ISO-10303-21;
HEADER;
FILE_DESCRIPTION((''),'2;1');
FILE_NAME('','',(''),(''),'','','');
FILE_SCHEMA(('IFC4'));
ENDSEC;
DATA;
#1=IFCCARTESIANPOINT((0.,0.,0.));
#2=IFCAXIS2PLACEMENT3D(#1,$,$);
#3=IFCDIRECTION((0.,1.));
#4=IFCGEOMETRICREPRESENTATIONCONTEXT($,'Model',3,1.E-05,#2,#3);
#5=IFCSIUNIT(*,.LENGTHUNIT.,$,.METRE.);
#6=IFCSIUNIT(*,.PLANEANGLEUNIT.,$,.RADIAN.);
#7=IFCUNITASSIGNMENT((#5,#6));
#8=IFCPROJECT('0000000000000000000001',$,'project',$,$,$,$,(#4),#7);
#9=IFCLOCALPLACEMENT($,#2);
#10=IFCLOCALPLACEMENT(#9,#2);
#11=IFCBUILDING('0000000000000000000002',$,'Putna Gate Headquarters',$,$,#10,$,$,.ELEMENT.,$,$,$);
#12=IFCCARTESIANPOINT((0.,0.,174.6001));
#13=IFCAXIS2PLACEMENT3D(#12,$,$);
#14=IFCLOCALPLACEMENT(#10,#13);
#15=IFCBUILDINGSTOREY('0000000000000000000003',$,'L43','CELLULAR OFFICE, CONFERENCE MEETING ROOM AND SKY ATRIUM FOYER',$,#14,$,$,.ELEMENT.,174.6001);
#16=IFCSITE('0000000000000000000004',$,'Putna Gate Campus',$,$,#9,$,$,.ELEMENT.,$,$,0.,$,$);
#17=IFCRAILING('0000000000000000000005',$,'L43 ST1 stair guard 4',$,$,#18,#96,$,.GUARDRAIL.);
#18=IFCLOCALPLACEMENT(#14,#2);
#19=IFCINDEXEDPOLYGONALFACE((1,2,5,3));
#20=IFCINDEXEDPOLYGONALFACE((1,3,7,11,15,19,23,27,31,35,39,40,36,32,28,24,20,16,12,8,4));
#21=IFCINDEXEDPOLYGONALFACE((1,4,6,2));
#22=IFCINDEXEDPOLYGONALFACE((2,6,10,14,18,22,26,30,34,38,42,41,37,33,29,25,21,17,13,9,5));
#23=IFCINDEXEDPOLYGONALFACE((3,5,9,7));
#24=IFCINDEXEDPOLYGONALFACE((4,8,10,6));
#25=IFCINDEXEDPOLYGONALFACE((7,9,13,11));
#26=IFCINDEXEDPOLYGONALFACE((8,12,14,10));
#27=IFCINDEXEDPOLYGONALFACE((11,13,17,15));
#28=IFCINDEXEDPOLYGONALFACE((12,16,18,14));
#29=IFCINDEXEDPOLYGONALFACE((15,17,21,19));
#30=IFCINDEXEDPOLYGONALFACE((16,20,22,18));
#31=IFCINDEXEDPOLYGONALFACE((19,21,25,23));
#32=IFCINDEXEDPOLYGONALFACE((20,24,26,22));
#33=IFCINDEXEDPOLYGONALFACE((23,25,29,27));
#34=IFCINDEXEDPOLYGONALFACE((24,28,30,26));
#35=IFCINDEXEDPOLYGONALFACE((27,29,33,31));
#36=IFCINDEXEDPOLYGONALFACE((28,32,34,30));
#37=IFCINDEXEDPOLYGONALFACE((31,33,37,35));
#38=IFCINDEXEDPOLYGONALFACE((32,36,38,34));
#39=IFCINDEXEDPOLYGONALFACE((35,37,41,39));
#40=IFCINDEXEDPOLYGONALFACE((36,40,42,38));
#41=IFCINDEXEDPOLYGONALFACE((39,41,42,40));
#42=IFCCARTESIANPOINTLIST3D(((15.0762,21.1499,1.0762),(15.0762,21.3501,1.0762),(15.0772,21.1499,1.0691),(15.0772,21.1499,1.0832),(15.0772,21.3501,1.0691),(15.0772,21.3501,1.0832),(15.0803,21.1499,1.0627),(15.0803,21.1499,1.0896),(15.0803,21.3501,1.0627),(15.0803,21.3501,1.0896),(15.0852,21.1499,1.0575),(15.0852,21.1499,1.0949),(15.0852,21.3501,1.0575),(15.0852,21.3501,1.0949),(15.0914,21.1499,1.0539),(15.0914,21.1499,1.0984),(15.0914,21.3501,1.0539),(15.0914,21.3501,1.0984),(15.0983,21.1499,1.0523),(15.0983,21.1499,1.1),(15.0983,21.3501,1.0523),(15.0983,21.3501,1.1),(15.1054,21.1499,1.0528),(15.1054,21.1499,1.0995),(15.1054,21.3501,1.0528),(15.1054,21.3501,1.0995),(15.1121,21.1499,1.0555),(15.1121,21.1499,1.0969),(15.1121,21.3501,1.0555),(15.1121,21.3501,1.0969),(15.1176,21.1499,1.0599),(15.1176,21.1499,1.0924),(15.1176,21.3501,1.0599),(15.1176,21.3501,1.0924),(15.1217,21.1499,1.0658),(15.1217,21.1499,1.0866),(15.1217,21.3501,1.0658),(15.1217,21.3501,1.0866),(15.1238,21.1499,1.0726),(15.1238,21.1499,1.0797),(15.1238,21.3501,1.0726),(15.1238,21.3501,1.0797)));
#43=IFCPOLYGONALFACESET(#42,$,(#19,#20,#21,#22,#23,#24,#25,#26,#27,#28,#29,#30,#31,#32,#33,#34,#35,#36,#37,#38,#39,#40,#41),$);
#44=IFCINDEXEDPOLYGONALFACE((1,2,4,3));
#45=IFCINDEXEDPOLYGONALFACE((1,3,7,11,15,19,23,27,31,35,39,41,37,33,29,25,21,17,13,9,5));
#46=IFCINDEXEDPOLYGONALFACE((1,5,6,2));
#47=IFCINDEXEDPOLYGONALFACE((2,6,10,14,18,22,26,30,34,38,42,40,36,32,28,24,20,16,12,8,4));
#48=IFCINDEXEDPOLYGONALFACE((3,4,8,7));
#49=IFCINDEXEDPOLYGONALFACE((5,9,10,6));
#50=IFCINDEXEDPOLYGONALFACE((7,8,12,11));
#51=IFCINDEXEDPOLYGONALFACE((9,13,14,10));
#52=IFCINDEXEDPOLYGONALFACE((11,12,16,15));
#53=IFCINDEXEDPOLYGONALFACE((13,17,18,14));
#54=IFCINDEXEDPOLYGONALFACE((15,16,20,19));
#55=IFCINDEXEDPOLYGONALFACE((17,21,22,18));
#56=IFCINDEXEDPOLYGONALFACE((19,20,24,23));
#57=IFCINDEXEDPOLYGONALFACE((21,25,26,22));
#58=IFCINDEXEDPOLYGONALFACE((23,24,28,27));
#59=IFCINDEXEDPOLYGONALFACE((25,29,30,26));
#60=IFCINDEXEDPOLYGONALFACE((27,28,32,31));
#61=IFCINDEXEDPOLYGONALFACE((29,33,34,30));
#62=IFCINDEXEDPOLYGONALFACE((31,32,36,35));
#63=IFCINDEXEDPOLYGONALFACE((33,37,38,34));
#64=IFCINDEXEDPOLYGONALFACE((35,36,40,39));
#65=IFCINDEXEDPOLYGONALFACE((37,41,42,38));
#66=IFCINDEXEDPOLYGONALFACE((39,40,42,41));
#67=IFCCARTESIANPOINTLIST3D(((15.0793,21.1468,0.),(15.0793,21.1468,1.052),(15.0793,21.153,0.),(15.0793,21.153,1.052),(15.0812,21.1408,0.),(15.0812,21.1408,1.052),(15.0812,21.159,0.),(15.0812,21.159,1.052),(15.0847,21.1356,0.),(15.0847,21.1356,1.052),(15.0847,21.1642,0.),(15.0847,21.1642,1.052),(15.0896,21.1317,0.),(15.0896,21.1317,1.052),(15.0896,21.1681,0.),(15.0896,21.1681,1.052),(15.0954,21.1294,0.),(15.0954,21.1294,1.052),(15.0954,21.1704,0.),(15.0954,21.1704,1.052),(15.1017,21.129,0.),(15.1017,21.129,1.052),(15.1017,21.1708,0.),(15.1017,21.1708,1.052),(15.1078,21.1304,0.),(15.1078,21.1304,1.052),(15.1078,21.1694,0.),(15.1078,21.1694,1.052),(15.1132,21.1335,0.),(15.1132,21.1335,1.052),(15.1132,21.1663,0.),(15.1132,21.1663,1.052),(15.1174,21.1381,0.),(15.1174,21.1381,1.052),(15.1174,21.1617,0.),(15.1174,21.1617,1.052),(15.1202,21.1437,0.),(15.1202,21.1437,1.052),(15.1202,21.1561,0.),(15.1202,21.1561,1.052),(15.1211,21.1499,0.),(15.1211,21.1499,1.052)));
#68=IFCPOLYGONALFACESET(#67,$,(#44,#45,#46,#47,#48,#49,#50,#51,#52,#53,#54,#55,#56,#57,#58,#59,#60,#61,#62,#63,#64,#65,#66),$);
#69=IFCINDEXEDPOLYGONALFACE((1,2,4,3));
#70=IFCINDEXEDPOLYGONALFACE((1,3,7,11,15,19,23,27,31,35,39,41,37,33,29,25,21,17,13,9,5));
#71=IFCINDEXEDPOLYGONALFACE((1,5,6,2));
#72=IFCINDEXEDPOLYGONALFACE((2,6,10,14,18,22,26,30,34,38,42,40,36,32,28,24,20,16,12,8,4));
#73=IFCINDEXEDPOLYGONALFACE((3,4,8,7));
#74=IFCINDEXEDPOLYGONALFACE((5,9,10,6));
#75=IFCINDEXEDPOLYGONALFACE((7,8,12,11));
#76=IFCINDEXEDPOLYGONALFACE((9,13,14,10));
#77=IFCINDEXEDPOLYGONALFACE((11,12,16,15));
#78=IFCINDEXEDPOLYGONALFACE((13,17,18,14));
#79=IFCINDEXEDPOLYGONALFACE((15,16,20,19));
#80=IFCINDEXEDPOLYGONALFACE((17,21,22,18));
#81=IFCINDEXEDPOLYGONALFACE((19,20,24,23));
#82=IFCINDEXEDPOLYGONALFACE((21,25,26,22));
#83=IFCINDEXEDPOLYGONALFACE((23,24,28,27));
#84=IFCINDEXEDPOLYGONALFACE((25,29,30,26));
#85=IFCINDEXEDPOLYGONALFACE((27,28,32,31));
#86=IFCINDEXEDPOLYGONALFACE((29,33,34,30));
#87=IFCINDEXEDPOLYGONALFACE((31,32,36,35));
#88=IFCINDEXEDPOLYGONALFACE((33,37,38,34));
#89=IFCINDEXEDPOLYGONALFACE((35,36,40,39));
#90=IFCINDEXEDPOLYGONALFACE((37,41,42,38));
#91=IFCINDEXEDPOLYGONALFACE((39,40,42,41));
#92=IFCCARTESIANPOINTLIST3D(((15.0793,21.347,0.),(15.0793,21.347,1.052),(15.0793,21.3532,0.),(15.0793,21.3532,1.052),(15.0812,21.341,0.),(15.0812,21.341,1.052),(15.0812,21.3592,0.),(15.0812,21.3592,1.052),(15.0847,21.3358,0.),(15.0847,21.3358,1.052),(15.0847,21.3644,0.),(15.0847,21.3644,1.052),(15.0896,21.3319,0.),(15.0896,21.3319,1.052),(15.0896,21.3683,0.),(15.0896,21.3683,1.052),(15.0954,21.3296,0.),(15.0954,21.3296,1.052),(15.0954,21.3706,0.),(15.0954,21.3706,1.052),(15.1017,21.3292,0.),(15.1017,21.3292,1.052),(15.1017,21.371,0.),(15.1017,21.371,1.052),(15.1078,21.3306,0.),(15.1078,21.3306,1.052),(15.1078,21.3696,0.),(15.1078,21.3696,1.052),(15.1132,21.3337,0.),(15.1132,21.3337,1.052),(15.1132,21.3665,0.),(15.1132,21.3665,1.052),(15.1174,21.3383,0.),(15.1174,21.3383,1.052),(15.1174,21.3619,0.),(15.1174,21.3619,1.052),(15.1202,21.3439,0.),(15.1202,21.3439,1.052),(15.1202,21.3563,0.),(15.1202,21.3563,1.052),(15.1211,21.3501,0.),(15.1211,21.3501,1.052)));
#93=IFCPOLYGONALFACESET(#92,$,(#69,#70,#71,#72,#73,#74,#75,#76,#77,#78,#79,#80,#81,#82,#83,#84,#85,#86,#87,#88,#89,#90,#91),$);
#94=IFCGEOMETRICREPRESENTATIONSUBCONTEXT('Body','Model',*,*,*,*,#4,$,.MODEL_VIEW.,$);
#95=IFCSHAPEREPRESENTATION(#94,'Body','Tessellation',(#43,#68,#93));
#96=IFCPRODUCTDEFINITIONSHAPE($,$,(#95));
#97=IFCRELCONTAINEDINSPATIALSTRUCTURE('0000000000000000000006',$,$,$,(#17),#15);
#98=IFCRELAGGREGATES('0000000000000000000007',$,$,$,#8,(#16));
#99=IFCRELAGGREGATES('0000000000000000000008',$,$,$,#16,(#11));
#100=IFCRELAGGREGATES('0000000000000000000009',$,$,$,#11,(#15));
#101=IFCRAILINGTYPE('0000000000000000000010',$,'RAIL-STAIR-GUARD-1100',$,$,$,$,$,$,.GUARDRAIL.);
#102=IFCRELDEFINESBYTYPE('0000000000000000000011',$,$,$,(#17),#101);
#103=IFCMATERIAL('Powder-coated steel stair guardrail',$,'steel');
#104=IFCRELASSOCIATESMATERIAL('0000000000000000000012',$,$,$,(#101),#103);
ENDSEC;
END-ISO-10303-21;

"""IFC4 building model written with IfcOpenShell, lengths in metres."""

from ifc_helpers import new_model, si_unit, direction, frame, origin, origin_2d, place, context, subcontext, project, spatial, circle, extrude, material, type_object, element, save


model = new_model("IFC4")

# Units and contexts
model_context = context("Model", 3, precision=1e-05, world=origin(), true_north=direction((0.0, 1.0)))
body_context = subcontext(model_context, "Body", "Model", "MODEL_VIEW")
ifc_project = project(units=[si_unit("LENGTHUNIT", "METRE"), si_unit("PLANEANGLEUNIT", "RADIAN")], contexts=[model_context])

# Site, building, storey
site_placement = place(None, origin())
site = spatial("IfcSite", under=ifc_project, at=site_placement, Name="Putna Gate Campus", CompositionType="ELEMENT", RefElevation=0.0)
building_placement = place(site_placement, origin())
building = spatial("IfcBuilding", under=site, at=building_placement, Name="Putna Gate Headquarters", CompositionType="ELEMENT")
storey_placement = place(building_placement, frame((0.0, 0.0, 174.6001)))
storey = spatial("IfcBuildingStorey", under=building, at=storey_placement, Name="L43", Description="CELLULAR OFFICE, CONFERENCE MEETING ROOM AND SKY ATRIUM FOYER", CompositionType="ELEMENT", Elevation=174.6001)

# Railing
ifc_material_1 = material(Name="Powder-coated steel stair guardrail", Category="steel")
railing_type = type_object("IfcRailingType", Name="RAIL-STAIR-GUARD-1100", PredefinedType="GUARDRAIL", material=ifc_material_1)
railing_1_placement = place(storey_placement, frame((15.1001, 21.1499, 0.0)))
element("IfcRailing", 1, at=railing_1_placement, inside=storey, type_object=railing_type, Name="L43 ST1 stair guard 4", PredefinedType="GUARDRAIL", context=body_context, shape_type="SweptSolid", body=[
    extrude(circle(Radius=0.0239, at=origin_2d()), frame((0.0, 0.0, 1.0762), z_axis=(0.0, 1.0, 0.0), x_axis=(-1.0, 0.0, 0.0)), (0.0, 0.0, 1.0), 0.2002),
    extrude(circle(Radius=0.021, at=origin_2d()), origin(), (0.0, 0.0, 1.0), 1.052),
    extrude(circle(Radius=0.021, at=origin_2d()), frame((0.0, 0.2002, 0.0)), (0.0, 0.0, 1.0), 1.052),
])

save(model, "model.ifc")
